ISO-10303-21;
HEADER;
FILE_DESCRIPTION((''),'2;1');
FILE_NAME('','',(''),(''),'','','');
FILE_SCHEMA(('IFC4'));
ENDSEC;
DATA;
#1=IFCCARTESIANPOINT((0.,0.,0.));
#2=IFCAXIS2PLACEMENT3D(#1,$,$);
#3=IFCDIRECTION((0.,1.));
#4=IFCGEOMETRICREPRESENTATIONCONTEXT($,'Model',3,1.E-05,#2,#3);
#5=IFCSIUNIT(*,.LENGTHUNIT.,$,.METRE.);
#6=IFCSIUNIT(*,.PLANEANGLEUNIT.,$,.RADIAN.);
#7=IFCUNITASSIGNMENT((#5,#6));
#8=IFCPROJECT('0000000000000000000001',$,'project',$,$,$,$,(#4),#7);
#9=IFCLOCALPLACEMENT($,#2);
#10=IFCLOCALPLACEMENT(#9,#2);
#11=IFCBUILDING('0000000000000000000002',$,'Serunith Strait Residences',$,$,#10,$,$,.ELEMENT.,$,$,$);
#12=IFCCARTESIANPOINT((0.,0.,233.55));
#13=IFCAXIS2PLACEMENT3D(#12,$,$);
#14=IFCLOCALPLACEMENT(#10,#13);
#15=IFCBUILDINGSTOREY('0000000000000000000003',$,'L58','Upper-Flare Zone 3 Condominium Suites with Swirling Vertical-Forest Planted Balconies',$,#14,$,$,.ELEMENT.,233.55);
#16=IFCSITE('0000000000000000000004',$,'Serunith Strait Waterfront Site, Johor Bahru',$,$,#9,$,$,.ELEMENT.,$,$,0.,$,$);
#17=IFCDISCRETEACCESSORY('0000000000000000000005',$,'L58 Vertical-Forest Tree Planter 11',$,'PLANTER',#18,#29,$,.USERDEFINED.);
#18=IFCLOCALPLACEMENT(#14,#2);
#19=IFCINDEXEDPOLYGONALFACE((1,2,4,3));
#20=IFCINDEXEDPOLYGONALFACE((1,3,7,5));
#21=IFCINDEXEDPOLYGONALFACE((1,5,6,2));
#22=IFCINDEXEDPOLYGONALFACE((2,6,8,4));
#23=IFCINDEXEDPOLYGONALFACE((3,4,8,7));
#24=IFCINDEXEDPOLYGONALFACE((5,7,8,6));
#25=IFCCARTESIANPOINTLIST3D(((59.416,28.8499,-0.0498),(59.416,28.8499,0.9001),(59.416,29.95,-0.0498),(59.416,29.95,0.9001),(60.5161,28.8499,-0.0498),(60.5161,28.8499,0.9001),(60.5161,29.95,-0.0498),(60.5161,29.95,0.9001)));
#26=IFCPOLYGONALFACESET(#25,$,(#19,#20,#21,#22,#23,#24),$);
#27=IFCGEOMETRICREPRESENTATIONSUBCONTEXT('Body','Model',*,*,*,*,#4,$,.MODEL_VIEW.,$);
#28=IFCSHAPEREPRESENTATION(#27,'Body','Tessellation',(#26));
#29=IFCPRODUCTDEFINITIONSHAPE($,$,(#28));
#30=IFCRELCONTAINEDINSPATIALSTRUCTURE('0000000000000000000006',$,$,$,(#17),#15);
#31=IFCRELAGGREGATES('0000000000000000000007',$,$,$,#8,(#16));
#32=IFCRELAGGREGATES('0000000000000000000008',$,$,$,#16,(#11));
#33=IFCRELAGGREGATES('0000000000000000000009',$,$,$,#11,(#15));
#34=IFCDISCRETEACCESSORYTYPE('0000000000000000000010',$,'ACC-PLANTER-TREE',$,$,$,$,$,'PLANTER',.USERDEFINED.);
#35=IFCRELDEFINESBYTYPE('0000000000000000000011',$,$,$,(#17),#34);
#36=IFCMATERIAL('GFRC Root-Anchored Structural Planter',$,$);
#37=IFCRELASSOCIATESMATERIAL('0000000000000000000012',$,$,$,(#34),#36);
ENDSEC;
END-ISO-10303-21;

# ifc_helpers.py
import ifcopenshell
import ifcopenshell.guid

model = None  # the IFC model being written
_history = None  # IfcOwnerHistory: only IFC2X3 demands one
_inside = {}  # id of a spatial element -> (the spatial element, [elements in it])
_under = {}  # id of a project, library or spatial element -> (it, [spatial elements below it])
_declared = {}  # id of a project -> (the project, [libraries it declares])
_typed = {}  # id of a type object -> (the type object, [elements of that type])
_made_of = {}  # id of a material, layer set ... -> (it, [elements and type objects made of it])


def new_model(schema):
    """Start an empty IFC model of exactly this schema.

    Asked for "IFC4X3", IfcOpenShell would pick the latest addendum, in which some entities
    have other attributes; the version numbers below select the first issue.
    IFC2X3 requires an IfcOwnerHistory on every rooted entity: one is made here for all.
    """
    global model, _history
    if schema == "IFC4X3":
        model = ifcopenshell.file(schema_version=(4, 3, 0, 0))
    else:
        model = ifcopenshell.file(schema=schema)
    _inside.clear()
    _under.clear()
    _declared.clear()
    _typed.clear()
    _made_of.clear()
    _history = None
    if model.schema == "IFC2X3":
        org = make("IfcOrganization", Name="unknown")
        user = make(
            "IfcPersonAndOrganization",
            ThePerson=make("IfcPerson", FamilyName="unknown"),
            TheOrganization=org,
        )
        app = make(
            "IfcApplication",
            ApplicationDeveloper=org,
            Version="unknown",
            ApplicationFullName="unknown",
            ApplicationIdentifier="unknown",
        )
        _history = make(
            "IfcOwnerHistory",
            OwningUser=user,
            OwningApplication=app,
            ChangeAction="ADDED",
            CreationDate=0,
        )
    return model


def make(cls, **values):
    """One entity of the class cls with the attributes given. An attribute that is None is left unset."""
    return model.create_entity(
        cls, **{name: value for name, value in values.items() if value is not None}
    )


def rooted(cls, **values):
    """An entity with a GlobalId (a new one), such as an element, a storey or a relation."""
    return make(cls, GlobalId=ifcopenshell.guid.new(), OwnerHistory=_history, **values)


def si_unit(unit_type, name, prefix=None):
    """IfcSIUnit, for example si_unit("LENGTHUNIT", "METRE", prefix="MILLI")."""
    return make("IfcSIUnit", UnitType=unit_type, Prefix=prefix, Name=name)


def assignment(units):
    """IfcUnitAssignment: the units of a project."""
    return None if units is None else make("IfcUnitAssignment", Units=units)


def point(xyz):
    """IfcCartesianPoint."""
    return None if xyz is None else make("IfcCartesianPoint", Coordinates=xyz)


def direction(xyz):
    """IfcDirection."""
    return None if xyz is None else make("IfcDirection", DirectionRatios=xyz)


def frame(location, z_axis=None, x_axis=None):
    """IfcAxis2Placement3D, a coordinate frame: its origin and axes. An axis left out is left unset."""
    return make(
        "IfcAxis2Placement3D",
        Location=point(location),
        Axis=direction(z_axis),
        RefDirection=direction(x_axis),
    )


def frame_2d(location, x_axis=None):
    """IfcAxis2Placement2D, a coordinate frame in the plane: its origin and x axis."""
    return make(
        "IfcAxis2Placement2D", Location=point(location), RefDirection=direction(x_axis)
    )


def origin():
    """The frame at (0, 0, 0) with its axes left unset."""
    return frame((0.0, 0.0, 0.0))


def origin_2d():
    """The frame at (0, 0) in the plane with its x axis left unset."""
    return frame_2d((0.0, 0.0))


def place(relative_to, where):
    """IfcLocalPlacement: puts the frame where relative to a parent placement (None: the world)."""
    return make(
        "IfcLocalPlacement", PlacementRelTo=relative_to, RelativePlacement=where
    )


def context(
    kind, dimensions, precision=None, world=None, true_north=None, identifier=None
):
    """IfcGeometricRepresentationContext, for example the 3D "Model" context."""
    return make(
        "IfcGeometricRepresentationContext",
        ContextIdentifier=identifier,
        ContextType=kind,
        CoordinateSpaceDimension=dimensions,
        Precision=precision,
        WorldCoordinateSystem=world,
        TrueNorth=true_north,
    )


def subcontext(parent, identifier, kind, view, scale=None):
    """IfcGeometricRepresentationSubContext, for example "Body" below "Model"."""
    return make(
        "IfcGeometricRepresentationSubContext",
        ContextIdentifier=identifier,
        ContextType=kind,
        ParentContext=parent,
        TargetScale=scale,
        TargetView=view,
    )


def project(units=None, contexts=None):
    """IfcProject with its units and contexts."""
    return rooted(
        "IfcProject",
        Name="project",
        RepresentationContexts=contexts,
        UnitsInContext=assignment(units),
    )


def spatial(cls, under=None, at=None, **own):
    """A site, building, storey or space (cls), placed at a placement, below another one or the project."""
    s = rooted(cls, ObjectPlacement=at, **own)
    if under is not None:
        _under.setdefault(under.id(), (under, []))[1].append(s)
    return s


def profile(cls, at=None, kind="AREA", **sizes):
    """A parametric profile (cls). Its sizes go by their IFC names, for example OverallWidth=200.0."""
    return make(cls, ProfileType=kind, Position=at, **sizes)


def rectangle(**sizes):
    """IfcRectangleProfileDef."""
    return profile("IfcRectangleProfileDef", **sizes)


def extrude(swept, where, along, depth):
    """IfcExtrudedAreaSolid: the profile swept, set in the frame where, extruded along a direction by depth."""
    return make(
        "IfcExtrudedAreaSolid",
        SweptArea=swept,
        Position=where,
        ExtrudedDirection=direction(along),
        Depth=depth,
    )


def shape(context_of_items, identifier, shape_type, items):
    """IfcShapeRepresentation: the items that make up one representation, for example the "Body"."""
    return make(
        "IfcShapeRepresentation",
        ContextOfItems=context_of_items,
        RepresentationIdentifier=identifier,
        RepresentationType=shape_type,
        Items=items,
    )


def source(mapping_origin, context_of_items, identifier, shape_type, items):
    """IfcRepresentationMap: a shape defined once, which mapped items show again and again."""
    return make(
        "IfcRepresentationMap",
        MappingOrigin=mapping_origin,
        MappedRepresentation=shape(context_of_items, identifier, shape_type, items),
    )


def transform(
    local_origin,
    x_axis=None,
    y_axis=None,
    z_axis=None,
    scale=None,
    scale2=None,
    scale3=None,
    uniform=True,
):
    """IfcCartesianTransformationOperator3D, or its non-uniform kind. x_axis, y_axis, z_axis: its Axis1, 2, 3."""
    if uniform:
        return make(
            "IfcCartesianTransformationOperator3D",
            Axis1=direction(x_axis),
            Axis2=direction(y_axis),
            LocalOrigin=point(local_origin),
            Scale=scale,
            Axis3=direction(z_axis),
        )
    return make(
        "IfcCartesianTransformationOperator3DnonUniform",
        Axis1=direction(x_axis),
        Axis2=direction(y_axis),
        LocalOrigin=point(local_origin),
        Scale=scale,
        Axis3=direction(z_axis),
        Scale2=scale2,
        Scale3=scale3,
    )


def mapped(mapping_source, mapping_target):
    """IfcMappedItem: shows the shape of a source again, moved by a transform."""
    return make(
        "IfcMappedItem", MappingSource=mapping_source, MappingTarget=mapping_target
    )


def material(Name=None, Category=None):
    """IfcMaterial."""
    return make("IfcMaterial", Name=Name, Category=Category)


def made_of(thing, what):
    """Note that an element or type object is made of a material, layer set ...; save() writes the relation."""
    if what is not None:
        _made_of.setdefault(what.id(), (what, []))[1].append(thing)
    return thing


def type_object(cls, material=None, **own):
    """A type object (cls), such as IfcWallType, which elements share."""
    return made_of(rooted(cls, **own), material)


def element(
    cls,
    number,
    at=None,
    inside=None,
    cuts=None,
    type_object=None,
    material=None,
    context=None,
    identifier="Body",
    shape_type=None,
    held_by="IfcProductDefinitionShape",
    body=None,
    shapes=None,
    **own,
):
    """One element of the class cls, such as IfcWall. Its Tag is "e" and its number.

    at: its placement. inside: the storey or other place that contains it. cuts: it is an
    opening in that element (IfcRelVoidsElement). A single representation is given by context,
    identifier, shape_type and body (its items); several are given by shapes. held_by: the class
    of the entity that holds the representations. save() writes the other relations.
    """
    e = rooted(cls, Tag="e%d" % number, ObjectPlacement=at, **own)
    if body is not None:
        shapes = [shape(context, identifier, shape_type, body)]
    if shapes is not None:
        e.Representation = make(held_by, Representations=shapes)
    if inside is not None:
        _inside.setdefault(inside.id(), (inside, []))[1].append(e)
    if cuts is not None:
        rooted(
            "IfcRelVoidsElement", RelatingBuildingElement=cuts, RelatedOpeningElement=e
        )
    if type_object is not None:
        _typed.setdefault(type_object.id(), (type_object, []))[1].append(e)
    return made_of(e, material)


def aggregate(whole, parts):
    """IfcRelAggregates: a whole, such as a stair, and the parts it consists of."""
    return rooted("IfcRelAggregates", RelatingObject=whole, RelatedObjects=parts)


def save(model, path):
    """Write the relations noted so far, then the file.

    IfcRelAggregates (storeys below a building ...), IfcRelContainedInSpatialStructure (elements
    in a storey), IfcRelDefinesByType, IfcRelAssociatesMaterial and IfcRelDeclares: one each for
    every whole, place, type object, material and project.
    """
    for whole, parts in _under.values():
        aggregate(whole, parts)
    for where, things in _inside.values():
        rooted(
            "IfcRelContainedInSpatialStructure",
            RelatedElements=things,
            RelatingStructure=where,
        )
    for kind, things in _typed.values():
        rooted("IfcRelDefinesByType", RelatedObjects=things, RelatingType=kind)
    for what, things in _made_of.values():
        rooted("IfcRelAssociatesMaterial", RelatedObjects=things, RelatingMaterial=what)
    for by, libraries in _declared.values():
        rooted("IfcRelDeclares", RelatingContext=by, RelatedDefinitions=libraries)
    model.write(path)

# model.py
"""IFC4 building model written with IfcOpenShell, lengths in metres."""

from ifc_helpers import new_model, si_unit, direction, frame, origin, origin_2d, place, context, subcontext, project, spatial, rectangle, extrude, source, transform, mapped, material, type_object, element, save


model = new_model("IFC4")

# Units and contexts
model_context = context("Model", 3, precision=1e-05, world=origin(), true_north=direction((0.0, 1.0)))
body_context = subcontext(model_context, "Body", "Model", "MODEL_VIEW")
ifc_project = project(units=[si_unit("LENGTHUNIT", "METRE"), si_unit("PLANEANGLEUNIT", "RADIAN")], contexts=[model_context])

# Site, building, storey
site_placement = place(None, origin())
site = spatial("IfcSite", under=ifc_project, at=site_placement, Name="Serunith Strait Waterfront Site, Johor Bahru", CompositionType="ELEMENT", RefElevation=0.0)
building_placement = place(site_placement, origin())
building = spatial("IfcBuilding", under=site, at=building_placement, Name="Serunith Strait Residences", CompositionType="ELEMENT")
storey_placement = place(building_placement, frame((0.0, 0.0, 233.55)))
storey = spatial("IfcBuildingStorey", under=building, at=storey_placement, Name="L58", Description="Upper-Flare Zone 3 Condominium Suites with Swirling Vertical-Forest Planted Balconies", CompositionType="ELEMENT", Elevation=233.55)

# Discrete accessory
ifc_material_1 = material(Name="GFRC Root-Anchored Structural Planter")
discrete_accessory_type = type_object("IfcDiscreteAccessoryType", Name="ACC-PLANTER-TREE", ElementType="PLANTER", PredefinedType="USERDEFINED", material=ifc_material_1)
shared_shape_1 = source(origin(), body_context, "Body", "SweptSolid", [
    extrude(rectangle(XDim=1.1001, YDim=1.1001, at=origin_2d()), origin(), (0.0, 0.0, 1.0), 0.95),
])
discrete_accessory_placement = place(storey_placement, frame((59.9661, 29.3999, -0.0498), z_axis=(0.0, 0.0, 1.0), x_axis=(0.0, 1.0, 0.0)))
element("IfcDiscreteAccessory", 1, at=discrete_accessory_placement, inside=storey, type_object=discrete_accessory_type, Name="L58 Vertical-Forest Tree Planter 11", ObjectType="PLANTER", PredefinedType="USERDEFINED", context=body_context, shape_type="MappedRepresentation", body=[
    mapped(shared_shape_1, transform((0.0, 0.0, 0.0), scale=1.0)),
])

save(model, "model.ifc")
